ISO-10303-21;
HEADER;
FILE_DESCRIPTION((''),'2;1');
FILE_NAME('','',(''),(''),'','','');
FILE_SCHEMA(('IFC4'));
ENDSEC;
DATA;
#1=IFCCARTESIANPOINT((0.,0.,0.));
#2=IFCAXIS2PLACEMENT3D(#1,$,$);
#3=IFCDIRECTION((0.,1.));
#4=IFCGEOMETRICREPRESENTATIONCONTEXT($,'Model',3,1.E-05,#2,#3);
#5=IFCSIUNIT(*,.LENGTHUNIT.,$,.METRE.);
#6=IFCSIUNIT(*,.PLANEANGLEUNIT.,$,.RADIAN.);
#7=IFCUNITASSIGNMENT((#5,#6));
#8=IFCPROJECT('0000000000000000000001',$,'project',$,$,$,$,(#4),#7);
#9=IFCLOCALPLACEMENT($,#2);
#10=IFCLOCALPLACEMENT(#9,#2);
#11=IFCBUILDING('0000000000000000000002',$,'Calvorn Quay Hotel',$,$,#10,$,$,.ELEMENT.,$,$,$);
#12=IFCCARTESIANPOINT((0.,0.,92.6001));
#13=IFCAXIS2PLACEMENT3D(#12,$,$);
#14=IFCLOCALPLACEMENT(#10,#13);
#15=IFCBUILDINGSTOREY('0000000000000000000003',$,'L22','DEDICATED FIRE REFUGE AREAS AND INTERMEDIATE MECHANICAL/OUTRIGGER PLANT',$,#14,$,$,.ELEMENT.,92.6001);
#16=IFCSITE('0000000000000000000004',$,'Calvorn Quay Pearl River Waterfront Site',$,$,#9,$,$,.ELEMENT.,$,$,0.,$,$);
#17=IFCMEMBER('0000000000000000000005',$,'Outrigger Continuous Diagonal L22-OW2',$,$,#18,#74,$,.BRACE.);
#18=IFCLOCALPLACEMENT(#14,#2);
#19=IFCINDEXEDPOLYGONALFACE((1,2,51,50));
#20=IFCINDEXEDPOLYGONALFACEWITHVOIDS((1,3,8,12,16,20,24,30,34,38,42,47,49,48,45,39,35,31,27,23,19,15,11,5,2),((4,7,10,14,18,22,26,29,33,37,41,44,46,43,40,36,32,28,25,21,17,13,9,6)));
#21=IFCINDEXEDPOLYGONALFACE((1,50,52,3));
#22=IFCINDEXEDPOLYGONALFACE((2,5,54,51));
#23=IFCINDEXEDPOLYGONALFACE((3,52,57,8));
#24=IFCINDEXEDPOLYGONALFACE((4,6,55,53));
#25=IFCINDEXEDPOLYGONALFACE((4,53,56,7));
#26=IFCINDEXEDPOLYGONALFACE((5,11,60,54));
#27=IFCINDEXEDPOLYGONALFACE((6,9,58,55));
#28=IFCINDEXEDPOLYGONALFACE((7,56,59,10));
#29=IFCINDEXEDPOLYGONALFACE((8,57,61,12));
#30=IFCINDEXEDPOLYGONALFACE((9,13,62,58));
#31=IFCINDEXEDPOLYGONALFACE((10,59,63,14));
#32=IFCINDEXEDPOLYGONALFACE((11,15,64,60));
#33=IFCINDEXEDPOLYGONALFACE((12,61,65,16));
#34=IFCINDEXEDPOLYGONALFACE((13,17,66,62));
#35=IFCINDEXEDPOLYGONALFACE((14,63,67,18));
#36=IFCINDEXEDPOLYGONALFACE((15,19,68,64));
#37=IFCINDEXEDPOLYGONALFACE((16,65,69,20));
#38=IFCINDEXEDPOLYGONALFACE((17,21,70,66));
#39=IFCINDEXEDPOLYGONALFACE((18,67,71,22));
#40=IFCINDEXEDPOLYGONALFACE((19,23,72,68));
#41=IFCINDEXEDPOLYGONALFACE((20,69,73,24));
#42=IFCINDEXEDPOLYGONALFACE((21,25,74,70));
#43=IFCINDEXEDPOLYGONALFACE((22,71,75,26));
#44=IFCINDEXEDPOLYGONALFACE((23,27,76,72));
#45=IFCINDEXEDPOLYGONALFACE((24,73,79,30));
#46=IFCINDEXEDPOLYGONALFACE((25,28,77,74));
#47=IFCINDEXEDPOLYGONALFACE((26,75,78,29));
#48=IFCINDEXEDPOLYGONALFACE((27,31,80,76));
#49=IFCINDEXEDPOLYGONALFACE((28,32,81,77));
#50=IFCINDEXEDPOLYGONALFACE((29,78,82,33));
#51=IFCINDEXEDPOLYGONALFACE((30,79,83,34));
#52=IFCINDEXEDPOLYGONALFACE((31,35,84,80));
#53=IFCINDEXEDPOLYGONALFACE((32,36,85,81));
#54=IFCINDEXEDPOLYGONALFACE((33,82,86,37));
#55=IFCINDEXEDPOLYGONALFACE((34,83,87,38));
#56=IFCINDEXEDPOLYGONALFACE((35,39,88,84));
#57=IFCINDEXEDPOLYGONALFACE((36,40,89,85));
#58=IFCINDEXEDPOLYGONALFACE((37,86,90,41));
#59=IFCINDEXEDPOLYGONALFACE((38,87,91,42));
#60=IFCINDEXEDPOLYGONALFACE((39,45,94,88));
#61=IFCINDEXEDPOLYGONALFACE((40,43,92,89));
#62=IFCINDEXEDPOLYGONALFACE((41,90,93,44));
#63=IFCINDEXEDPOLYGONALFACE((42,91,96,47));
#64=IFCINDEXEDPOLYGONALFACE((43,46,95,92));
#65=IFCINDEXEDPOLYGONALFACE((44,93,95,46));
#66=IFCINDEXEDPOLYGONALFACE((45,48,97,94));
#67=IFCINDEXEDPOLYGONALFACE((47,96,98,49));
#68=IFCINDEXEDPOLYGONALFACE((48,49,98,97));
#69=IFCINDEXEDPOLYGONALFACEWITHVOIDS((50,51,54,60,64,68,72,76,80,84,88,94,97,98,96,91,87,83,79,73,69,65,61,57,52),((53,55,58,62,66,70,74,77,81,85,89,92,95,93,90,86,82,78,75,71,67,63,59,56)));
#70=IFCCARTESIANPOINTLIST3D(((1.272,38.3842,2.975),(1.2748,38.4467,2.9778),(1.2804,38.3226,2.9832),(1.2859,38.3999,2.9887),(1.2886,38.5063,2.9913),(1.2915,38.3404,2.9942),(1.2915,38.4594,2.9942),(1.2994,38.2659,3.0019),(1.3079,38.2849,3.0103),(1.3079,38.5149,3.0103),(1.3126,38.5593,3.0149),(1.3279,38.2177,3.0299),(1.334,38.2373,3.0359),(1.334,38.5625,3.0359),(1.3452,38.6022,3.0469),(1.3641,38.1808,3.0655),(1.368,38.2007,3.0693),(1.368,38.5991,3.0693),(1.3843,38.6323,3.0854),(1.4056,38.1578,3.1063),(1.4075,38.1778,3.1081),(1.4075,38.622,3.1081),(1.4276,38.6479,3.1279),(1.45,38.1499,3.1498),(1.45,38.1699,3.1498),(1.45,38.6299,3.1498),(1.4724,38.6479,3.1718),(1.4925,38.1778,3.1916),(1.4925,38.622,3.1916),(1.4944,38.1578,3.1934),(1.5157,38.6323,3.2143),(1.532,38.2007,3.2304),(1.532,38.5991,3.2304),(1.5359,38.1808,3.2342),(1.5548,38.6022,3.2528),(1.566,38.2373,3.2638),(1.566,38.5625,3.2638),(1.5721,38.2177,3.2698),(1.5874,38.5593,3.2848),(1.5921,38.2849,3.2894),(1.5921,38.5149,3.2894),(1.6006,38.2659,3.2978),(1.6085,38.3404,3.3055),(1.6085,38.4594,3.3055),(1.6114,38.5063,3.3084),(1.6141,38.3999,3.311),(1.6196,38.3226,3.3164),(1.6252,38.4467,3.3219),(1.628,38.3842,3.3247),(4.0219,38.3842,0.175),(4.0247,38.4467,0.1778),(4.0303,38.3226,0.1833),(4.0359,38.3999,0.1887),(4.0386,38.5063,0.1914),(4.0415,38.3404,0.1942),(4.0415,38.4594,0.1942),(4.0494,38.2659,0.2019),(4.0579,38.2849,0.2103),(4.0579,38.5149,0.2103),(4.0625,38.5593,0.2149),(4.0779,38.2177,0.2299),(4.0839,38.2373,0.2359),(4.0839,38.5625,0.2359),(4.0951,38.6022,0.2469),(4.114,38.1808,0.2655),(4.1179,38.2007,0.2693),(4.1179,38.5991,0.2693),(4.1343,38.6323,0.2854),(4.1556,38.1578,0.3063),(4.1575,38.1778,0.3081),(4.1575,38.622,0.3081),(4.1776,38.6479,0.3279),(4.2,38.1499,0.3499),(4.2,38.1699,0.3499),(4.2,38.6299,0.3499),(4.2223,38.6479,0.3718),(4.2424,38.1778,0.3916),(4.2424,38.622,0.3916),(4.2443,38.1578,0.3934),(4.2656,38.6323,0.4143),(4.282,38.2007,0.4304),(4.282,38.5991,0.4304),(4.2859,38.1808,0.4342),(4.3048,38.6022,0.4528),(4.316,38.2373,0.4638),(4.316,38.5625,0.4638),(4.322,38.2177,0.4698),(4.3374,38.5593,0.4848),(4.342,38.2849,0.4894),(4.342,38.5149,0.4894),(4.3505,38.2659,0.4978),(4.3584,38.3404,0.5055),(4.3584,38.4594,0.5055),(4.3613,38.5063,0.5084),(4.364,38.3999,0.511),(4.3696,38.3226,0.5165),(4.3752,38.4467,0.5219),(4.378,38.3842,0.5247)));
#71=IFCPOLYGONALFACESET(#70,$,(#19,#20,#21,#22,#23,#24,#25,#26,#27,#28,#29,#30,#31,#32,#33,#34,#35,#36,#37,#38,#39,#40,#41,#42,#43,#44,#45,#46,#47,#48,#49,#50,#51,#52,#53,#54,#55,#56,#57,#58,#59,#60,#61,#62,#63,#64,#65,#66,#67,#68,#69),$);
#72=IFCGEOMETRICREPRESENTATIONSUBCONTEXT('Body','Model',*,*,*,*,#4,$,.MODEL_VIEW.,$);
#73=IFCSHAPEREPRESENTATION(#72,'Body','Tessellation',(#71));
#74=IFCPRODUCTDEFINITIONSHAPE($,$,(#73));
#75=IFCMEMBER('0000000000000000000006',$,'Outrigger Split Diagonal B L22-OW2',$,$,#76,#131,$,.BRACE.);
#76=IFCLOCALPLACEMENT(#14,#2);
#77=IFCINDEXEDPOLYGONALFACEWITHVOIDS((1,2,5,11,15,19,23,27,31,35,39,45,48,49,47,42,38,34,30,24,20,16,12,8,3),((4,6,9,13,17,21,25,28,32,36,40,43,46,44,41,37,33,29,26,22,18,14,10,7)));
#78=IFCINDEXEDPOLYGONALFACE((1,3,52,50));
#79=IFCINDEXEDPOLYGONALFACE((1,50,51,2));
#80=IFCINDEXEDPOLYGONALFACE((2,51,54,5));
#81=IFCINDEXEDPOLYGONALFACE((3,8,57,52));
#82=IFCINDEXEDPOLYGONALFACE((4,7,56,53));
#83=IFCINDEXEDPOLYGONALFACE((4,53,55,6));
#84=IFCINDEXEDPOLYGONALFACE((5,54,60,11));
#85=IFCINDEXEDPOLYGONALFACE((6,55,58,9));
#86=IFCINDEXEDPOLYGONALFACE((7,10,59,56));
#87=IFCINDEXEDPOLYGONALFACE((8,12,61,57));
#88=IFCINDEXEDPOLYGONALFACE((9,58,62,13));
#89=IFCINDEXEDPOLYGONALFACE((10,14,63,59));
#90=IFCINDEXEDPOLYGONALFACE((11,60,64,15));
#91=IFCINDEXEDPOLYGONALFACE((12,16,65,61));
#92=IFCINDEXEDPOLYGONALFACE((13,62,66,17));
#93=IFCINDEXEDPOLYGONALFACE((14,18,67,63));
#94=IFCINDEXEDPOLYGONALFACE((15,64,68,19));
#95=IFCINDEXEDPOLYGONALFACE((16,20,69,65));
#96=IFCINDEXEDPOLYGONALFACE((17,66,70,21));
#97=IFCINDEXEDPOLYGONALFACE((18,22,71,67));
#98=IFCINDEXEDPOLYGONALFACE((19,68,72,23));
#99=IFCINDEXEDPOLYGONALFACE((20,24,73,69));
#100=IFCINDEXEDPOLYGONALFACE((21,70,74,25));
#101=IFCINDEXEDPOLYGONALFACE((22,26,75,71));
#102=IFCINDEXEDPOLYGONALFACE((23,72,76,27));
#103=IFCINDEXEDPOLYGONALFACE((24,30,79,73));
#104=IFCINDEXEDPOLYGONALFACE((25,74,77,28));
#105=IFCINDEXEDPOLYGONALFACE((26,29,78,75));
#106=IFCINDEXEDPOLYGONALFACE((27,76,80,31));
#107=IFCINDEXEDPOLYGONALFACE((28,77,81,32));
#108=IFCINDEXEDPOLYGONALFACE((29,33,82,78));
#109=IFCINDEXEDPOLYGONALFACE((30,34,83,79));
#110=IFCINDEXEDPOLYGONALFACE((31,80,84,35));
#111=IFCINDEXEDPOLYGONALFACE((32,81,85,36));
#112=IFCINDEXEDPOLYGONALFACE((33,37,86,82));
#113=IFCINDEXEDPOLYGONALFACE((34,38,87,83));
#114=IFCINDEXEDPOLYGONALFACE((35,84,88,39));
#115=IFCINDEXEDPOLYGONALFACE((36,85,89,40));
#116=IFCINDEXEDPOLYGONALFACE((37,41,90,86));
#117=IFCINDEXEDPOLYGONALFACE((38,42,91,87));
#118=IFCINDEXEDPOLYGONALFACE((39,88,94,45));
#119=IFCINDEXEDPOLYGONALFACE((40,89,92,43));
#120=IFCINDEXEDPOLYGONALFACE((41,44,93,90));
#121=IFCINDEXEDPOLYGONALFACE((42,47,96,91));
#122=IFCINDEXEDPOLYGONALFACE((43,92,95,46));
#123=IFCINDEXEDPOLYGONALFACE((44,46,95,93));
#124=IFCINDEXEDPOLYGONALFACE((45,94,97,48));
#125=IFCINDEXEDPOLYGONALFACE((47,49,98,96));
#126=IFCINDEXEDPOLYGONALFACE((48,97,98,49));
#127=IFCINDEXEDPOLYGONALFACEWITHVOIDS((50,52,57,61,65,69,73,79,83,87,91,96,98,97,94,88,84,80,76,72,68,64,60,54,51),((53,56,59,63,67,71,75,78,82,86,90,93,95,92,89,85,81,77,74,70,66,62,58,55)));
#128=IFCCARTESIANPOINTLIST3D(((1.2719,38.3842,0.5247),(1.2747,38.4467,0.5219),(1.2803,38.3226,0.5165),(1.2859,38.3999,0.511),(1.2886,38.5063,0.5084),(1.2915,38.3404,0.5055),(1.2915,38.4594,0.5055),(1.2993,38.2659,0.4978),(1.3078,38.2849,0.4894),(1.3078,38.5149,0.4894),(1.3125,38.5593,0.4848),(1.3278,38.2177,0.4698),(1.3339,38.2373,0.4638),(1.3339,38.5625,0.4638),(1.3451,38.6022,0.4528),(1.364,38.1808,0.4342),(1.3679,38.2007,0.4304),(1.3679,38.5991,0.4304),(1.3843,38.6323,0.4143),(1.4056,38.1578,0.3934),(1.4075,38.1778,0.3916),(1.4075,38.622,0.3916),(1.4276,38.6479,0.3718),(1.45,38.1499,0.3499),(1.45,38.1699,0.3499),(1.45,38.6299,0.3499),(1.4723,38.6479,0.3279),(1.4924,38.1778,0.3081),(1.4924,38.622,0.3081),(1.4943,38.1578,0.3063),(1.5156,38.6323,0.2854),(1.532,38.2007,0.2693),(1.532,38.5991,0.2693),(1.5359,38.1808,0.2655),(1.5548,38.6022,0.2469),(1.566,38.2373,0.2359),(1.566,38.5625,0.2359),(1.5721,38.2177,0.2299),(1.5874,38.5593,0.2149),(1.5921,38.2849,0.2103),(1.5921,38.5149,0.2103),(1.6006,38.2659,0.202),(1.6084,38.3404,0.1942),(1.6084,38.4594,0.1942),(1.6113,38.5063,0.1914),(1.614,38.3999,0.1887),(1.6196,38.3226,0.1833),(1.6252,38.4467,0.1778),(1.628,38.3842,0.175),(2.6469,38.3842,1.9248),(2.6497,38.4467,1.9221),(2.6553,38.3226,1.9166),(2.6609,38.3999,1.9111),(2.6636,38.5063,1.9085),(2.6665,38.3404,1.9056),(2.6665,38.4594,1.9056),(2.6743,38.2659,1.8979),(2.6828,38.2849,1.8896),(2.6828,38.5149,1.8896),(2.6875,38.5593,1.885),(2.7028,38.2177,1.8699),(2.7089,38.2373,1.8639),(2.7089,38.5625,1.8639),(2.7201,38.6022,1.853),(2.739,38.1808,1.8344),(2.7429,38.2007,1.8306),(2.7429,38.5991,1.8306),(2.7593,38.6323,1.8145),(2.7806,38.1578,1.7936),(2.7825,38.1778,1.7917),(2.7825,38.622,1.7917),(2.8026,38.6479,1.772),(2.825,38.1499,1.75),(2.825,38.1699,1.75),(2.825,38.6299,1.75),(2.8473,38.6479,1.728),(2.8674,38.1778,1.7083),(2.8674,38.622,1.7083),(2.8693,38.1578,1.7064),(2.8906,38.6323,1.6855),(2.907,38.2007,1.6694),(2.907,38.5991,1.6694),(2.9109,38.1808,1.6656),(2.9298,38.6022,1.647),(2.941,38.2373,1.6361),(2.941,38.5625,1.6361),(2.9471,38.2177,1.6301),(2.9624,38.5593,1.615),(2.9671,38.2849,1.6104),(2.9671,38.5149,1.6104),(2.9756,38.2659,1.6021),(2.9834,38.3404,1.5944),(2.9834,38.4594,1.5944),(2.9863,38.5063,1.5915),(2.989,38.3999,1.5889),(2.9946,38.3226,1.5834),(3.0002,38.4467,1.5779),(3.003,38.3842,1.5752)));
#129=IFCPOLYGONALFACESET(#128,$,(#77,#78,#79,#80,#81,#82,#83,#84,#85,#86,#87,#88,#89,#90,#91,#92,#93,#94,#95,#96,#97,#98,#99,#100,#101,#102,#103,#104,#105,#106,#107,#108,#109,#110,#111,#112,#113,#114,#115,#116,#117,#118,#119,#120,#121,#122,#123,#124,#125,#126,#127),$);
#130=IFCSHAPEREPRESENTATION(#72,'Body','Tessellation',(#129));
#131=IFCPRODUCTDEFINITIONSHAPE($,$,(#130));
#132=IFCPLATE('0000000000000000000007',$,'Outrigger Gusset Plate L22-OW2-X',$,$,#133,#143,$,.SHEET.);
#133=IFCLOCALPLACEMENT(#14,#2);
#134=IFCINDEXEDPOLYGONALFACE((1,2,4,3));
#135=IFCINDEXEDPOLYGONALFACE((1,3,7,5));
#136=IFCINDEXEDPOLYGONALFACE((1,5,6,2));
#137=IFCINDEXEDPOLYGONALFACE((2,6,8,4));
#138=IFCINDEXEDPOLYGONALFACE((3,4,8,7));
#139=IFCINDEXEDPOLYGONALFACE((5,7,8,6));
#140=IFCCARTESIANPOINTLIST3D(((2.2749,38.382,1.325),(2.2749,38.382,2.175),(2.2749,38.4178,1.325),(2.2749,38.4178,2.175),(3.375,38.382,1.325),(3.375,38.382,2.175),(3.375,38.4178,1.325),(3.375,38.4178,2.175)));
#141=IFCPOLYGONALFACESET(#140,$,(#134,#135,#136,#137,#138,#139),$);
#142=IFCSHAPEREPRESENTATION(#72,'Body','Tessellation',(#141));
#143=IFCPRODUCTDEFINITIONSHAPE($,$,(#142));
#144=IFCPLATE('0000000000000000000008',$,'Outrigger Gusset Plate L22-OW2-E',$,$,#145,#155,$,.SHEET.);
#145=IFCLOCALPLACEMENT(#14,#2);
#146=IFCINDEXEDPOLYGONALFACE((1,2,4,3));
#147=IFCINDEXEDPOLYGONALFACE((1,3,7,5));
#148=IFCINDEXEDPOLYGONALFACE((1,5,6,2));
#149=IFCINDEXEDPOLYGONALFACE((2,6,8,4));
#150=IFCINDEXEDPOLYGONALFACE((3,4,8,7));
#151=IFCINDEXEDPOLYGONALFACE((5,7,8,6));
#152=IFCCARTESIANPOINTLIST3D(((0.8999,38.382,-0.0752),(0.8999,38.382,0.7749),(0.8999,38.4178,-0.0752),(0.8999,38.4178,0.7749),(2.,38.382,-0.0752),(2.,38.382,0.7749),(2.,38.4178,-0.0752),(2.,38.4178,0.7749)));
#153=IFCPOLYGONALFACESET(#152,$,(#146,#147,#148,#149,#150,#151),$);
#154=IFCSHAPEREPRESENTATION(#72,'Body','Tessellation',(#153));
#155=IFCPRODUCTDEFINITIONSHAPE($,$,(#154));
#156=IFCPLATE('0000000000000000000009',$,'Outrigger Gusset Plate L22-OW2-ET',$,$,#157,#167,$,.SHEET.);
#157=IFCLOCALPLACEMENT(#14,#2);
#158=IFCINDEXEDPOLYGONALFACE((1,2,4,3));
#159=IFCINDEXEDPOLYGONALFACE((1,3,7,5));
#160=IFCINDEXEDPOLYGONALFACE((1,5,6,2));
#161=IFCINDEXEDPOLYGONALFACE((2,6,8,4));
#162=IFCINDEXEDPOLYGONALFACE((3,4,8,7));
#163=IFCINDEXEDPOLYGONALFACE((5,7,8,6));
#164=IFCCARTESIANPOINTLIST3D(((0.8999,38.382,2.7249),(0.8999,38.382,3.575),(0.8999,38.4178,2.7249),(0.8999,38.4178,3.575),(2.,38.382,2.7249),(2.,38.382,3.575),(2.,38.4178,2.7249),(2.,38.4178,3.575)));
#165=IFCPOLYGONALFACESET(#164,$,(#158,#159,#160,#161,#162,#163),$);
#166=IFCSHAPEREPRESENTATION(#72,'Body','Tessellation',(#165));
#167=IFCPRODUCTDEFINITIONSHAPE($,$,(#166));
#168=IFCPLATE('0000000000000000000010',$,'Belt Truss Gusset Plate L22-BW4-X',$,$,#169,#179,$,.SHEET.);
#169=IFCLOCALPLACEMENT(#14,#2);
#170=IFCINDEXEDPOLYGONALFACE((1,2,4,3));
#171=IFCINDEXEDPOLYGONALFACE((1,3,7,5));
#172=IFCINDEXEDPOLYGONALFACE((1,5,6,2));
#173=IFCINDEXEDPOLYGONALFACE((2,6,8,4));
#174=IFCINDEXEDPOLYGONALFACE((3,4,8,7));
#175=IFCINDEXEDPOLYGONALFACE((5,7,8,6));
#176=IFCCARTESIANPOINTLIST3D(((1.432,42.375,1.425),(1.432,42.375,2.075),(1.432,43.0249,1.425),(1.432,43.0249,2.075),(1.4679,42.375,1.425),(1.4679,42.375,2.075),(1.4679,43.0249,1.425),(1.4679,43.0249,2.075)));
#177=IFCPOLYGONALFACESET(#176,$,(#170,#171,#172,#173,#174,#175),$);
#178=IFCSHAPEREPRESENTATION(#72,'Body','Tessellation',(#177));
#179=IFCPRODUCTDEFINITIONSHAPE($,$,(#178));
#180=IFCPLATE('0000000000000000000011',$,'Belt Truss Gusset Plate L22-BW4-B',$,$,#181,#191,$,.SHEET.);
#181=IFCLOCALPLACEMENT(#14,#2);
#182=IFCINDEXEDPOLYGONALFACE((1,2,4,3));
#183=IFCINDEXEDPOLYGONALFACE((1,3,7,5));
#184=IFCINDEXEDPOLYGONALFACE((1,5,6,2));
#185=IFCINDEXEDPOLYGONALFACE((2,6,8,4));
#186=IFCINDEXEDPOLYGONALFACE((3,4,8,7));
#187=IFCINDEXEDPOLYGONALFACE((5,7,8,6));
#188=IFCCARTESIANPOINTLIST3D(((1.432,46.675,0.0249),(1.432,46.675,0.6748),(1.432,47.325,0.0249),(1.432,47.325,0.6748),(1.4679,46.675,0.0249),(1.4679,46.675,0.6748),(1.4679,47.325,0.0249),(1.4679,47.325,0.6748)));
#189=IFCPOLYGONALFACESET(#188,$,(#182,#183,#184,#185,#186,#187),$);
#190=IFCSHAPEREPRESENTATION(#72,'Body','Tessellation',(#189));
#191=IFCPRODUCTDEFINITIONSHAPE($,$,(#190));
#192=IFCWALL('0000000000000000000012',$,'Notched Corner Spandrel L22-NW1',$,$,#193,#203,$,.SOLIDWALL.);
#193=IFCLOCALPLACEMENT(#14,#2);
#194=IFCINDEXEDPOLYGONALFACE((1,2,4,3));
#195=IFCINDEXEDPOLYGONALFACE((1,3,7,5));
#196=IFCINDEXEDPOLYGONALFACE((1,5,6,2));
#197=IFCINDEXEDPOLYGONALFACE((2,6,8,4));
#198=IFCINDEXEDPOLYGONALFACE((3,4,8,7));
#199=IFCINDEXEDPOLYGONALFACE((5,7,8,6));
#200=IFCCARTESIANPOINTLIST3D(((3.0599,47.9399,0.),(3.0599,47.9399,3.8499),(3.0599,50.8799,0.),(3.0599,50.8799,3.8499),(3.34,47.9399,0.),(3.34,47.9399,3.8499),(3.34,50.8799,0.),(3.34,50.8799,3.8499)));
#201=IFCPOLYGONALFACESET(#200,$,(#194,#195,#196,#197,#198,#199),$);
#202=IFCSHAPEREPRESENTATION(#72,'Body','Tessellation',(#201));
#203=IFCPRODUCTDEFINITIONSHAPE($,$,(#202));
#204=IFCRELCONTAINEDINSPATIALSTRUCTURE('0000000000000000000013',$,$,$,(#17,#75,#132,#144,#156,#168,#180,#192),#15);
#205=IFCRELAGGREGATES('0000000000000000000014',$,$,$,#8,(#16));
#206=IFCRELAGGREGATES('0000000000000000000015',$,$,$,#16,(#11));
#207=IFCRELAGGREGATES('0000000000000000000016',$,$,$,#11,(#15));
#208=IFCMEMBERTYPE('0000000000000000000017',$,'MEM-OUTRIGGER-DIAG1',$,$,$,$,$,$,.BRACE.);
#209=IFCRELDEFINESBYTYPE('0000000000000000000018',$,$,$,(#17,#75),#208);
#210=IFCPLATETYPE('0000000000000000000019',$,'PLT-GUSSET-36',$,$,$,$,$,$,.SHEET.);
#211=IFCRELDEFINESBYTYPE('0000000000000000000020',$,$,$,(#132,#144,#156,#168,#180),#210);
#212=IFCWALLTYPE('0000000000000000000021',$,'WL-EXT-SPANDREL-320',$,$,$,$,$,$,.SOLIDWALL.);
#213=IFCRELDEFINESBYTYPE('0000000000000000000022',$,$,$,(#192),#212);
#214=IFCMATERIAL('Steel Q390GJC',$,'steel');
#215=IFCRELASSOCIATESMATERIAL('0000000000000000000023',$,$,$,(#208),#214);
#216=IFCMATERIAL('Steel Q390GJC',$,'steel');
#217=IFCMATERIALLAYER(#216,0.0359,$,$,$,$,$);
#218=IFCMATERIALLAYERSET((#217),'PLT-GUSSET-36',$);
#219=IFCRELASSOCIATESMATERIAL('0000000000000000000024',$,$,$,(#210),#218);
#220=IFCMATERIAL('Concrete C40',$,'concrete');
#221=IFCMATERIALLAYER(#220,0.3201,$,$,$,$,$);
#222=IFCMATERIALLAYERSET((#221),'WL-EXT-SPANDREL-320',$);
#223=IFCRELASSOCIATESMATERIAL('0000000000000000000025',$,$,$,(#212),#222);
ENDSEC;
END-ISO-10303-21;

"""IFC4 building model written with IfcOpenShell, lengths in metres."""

from ifc_helpers import new_model, si_unit, direction, frame, frame_2d, origin, origin_2d, place, context, subcontext, project, spatial, rectangle, hollow_circle, extrude, material, layer, layer_set, material_profile, profile_set, type_object, element, save


model = new_model("IFC4")

# Units and contexts
model_context = context("Model", 3, precision=1e-05, world=origin(), true_north=direction((0.0, 1.0)))
body_context = subcontext(model_context, "Body", "Model", "MODEL_VIEW")
ifc_project = project(units=[si_unit("LENGTHUNIT", "METRE"), si_unit("PLANEANGLEUNIT", "RADIAN")], contexts=[model_context])

# Site, building, storey
site_placement = place(None, origin())
site = spatial("IfcSite", under=ifc_project, at=site_placement, Name="Calvorn Quay Pearl River Waterfront Site", CompositionType="ELEMENT", RefElevation=0.0)
building_placement = place(site_placement, origin())
building = spatial("IfcBuilding", under=site, at=building_placement, Name="Calvorn Quay Hotel", CompositionType="ELEMENT")
storey_placement = place(building_placement, frame((0.0, 0.0, 92.6001)))
storey = spatial("IfcBuildingStorey", under=building, at=storey_placement, Name="L22", Description="DEDICATED FIRE REFUGE AREAS AND INTERMEDIATE MECHANICAL/OUTRIGGER PLANT", CompositionType="ELEMENT", Elevation=92.6001)

# Members
ifc_material_1 = material(Name="Steel Q390GJC", Category="steel")
ifc_material_profile_1 = material_profile(ifc_material_1, hollow_circle(Radius=0.25, WallThickness=0.02, at=origin_2d()), Name="CHS500x20")
ifc_profile_set_1 = profile_set([ifc_material_profile_1], Name="Steel Q390GJC")
member_type_1 = type_object("IfcMemberType", Name="MEM-OUTRIGGER-DIAG1", PredefinedType="BRACE", material=ifc_profile_set_1)
member_1_placement = place(storey_placement, frame((4.2, 38.3999, 0.3499), z_axis=(-0.700702, 0.0, 0.713454), x_axis=(0.0, -1.0, 0.0)))
element("IfcMember", 1, at=member_1_placement, inside=storey, type_object=member_type_1, Name="Outrigger Continuous Diagonal L22-OW2", PredefinedType="BRACE", context=body_context, shape_type="SweptSolid", body=[
    extrude(hollow_circle(Radius=0.25, WallThickness=0.02, at=origin_2d()), origin(), (0.0, 0.0, 1.0), 3.9246),
])
member_2_placement = place(storey_placement, frame((2.825, 38.3999, 1.75), z_axis=(-0.700671, 0.0, -0.713485), x_axis=(0.0, -1.0, 0.0)))
element("IfcMember", 2, at=member_2_placement, inside=storey, type_object=member_type_1, Name="Outrigger Split Diagonal B L22-OW2", PredefinedType="BRACE", context=body_context, shape_type="SweptSolid", body=[
    extrude(hollow_circle(Radius=0.25, WallThickness=0.02, at=origin_2d()), origin(), (0.0, 0.0, 1.0), 1.9624),
])

# Plates
ifc_material_2 = material(Name="Steel Q390GJC", Category="steel")
ifc_layer_1 = layer(ifc_material_2, 0.0359)
ifc_layer_set_1 = layer_set([ifc_layer_1], Name="PLT-GUSSET-36")
plate_type = type_object("IfcPlateType", Name="PLT-GUSSET-36", PredefinedType="SHEET", material=ifc_layer_set_1)
for number, where, z_axis, x_axis, name in (
    (3, (2.825, 38.3999, 1.325), (0.0, 0.0, 1.0), (-1.0, 0.0, 0.0), "Outrigger Gusset Plate L22-OW2-X"),
    (4, (1.45, 38.3999, -0.0752), (0.0, 0.0, 1.0), (-1.0, 0.0, 0.0), "Outrigger Gusset Plate L22-OW2-E"),
    (5, (1.45, 38.3999, 2.7249), (0.0, 0.0, 1.0), (-1.0, 0.0, 0.0), "Outrigger Gusset Plate L22-OW2-ET"),
):
    element("IfcPlate", number, at=place(storey_placement, frame(where, z_axis=z_axis, x_axis=x_axis)), inside=storey, type_object=plate_type, Name=name, PredefinedType="SHEET", context=body_context, shape_type="SweptSolid", body=[
        extrude(rectangle(XDim=1.1001, YDim=0.0359, at=origin_2d()), origin(), (0.0, 0.0, 1.0), 0.8501),
    ])
for number, where, z_axis, x_axis, name in (
    (6, (1.45, 42.7, 1.425), (0.0, 0.0, 1.0), (0.0, 1.0, 0.0), "Belt Truss Gusset Plate L22-BW4-X"),
    (7, (1.45, 47.0, 0.0249), (0.0, 0.0, 1.0), (0.0, 1.0, 0.0), "Belt Truss Gusset Plate L22-BW4-B"),
):
    element("IfcPlate", number, at=place(storey_placement, frame(where, z_axis=z_axis, x_axis=x_axis)), inside=storey, type_object=plate_type, Name=name, PredefinedType="SHEET", context=body_context, shape_type="SweptSolid", body=[
        extrude(rectangle(XDim=0.6499, YDim=0.0359, at=origin_2d()), origin(), (0.0, 0.0, 1.0), 0.6499),
    ])

# Wall
ifc_material_3 = material(Name="Concrete C40", Category="concrete")
ifc_layer_2 = layer(ifc_material_3, 0.3201)
ifc_layer_set_2 = layer_set([ifc_layer_2], Name="WL-EXT-SPANDREL-320")
wall_type = type_object("IfcWallType", Name="WL-EXT-SPANDREL-320", PredefinedType="SOLIDWALL", material=ifc_layer_set_2)
wall_1_placement = place(storey_placement, frame((3.2, 50.8799, 0.0), z_axis=(0.0, 0.0, 1.0), x_axis=(0.0, -1.0, 0.0)))
element("IfcWall", 8, at=wall_1_placement, inside=storey, type_object=wall_type, Name="Notched Corner Spandrel L22-NW1", PredefinedType="SOLIDWALL", context=body_context, shape_type="SweptSolid", body=[
    extrude(rectangle(XDim=2.9399, YDim=0.28, at=frame_2d((1.47, 0.0))), origin(), (0.0, 0.0, 1.0), 3.8499),
])

save(model, "model.ifc")
